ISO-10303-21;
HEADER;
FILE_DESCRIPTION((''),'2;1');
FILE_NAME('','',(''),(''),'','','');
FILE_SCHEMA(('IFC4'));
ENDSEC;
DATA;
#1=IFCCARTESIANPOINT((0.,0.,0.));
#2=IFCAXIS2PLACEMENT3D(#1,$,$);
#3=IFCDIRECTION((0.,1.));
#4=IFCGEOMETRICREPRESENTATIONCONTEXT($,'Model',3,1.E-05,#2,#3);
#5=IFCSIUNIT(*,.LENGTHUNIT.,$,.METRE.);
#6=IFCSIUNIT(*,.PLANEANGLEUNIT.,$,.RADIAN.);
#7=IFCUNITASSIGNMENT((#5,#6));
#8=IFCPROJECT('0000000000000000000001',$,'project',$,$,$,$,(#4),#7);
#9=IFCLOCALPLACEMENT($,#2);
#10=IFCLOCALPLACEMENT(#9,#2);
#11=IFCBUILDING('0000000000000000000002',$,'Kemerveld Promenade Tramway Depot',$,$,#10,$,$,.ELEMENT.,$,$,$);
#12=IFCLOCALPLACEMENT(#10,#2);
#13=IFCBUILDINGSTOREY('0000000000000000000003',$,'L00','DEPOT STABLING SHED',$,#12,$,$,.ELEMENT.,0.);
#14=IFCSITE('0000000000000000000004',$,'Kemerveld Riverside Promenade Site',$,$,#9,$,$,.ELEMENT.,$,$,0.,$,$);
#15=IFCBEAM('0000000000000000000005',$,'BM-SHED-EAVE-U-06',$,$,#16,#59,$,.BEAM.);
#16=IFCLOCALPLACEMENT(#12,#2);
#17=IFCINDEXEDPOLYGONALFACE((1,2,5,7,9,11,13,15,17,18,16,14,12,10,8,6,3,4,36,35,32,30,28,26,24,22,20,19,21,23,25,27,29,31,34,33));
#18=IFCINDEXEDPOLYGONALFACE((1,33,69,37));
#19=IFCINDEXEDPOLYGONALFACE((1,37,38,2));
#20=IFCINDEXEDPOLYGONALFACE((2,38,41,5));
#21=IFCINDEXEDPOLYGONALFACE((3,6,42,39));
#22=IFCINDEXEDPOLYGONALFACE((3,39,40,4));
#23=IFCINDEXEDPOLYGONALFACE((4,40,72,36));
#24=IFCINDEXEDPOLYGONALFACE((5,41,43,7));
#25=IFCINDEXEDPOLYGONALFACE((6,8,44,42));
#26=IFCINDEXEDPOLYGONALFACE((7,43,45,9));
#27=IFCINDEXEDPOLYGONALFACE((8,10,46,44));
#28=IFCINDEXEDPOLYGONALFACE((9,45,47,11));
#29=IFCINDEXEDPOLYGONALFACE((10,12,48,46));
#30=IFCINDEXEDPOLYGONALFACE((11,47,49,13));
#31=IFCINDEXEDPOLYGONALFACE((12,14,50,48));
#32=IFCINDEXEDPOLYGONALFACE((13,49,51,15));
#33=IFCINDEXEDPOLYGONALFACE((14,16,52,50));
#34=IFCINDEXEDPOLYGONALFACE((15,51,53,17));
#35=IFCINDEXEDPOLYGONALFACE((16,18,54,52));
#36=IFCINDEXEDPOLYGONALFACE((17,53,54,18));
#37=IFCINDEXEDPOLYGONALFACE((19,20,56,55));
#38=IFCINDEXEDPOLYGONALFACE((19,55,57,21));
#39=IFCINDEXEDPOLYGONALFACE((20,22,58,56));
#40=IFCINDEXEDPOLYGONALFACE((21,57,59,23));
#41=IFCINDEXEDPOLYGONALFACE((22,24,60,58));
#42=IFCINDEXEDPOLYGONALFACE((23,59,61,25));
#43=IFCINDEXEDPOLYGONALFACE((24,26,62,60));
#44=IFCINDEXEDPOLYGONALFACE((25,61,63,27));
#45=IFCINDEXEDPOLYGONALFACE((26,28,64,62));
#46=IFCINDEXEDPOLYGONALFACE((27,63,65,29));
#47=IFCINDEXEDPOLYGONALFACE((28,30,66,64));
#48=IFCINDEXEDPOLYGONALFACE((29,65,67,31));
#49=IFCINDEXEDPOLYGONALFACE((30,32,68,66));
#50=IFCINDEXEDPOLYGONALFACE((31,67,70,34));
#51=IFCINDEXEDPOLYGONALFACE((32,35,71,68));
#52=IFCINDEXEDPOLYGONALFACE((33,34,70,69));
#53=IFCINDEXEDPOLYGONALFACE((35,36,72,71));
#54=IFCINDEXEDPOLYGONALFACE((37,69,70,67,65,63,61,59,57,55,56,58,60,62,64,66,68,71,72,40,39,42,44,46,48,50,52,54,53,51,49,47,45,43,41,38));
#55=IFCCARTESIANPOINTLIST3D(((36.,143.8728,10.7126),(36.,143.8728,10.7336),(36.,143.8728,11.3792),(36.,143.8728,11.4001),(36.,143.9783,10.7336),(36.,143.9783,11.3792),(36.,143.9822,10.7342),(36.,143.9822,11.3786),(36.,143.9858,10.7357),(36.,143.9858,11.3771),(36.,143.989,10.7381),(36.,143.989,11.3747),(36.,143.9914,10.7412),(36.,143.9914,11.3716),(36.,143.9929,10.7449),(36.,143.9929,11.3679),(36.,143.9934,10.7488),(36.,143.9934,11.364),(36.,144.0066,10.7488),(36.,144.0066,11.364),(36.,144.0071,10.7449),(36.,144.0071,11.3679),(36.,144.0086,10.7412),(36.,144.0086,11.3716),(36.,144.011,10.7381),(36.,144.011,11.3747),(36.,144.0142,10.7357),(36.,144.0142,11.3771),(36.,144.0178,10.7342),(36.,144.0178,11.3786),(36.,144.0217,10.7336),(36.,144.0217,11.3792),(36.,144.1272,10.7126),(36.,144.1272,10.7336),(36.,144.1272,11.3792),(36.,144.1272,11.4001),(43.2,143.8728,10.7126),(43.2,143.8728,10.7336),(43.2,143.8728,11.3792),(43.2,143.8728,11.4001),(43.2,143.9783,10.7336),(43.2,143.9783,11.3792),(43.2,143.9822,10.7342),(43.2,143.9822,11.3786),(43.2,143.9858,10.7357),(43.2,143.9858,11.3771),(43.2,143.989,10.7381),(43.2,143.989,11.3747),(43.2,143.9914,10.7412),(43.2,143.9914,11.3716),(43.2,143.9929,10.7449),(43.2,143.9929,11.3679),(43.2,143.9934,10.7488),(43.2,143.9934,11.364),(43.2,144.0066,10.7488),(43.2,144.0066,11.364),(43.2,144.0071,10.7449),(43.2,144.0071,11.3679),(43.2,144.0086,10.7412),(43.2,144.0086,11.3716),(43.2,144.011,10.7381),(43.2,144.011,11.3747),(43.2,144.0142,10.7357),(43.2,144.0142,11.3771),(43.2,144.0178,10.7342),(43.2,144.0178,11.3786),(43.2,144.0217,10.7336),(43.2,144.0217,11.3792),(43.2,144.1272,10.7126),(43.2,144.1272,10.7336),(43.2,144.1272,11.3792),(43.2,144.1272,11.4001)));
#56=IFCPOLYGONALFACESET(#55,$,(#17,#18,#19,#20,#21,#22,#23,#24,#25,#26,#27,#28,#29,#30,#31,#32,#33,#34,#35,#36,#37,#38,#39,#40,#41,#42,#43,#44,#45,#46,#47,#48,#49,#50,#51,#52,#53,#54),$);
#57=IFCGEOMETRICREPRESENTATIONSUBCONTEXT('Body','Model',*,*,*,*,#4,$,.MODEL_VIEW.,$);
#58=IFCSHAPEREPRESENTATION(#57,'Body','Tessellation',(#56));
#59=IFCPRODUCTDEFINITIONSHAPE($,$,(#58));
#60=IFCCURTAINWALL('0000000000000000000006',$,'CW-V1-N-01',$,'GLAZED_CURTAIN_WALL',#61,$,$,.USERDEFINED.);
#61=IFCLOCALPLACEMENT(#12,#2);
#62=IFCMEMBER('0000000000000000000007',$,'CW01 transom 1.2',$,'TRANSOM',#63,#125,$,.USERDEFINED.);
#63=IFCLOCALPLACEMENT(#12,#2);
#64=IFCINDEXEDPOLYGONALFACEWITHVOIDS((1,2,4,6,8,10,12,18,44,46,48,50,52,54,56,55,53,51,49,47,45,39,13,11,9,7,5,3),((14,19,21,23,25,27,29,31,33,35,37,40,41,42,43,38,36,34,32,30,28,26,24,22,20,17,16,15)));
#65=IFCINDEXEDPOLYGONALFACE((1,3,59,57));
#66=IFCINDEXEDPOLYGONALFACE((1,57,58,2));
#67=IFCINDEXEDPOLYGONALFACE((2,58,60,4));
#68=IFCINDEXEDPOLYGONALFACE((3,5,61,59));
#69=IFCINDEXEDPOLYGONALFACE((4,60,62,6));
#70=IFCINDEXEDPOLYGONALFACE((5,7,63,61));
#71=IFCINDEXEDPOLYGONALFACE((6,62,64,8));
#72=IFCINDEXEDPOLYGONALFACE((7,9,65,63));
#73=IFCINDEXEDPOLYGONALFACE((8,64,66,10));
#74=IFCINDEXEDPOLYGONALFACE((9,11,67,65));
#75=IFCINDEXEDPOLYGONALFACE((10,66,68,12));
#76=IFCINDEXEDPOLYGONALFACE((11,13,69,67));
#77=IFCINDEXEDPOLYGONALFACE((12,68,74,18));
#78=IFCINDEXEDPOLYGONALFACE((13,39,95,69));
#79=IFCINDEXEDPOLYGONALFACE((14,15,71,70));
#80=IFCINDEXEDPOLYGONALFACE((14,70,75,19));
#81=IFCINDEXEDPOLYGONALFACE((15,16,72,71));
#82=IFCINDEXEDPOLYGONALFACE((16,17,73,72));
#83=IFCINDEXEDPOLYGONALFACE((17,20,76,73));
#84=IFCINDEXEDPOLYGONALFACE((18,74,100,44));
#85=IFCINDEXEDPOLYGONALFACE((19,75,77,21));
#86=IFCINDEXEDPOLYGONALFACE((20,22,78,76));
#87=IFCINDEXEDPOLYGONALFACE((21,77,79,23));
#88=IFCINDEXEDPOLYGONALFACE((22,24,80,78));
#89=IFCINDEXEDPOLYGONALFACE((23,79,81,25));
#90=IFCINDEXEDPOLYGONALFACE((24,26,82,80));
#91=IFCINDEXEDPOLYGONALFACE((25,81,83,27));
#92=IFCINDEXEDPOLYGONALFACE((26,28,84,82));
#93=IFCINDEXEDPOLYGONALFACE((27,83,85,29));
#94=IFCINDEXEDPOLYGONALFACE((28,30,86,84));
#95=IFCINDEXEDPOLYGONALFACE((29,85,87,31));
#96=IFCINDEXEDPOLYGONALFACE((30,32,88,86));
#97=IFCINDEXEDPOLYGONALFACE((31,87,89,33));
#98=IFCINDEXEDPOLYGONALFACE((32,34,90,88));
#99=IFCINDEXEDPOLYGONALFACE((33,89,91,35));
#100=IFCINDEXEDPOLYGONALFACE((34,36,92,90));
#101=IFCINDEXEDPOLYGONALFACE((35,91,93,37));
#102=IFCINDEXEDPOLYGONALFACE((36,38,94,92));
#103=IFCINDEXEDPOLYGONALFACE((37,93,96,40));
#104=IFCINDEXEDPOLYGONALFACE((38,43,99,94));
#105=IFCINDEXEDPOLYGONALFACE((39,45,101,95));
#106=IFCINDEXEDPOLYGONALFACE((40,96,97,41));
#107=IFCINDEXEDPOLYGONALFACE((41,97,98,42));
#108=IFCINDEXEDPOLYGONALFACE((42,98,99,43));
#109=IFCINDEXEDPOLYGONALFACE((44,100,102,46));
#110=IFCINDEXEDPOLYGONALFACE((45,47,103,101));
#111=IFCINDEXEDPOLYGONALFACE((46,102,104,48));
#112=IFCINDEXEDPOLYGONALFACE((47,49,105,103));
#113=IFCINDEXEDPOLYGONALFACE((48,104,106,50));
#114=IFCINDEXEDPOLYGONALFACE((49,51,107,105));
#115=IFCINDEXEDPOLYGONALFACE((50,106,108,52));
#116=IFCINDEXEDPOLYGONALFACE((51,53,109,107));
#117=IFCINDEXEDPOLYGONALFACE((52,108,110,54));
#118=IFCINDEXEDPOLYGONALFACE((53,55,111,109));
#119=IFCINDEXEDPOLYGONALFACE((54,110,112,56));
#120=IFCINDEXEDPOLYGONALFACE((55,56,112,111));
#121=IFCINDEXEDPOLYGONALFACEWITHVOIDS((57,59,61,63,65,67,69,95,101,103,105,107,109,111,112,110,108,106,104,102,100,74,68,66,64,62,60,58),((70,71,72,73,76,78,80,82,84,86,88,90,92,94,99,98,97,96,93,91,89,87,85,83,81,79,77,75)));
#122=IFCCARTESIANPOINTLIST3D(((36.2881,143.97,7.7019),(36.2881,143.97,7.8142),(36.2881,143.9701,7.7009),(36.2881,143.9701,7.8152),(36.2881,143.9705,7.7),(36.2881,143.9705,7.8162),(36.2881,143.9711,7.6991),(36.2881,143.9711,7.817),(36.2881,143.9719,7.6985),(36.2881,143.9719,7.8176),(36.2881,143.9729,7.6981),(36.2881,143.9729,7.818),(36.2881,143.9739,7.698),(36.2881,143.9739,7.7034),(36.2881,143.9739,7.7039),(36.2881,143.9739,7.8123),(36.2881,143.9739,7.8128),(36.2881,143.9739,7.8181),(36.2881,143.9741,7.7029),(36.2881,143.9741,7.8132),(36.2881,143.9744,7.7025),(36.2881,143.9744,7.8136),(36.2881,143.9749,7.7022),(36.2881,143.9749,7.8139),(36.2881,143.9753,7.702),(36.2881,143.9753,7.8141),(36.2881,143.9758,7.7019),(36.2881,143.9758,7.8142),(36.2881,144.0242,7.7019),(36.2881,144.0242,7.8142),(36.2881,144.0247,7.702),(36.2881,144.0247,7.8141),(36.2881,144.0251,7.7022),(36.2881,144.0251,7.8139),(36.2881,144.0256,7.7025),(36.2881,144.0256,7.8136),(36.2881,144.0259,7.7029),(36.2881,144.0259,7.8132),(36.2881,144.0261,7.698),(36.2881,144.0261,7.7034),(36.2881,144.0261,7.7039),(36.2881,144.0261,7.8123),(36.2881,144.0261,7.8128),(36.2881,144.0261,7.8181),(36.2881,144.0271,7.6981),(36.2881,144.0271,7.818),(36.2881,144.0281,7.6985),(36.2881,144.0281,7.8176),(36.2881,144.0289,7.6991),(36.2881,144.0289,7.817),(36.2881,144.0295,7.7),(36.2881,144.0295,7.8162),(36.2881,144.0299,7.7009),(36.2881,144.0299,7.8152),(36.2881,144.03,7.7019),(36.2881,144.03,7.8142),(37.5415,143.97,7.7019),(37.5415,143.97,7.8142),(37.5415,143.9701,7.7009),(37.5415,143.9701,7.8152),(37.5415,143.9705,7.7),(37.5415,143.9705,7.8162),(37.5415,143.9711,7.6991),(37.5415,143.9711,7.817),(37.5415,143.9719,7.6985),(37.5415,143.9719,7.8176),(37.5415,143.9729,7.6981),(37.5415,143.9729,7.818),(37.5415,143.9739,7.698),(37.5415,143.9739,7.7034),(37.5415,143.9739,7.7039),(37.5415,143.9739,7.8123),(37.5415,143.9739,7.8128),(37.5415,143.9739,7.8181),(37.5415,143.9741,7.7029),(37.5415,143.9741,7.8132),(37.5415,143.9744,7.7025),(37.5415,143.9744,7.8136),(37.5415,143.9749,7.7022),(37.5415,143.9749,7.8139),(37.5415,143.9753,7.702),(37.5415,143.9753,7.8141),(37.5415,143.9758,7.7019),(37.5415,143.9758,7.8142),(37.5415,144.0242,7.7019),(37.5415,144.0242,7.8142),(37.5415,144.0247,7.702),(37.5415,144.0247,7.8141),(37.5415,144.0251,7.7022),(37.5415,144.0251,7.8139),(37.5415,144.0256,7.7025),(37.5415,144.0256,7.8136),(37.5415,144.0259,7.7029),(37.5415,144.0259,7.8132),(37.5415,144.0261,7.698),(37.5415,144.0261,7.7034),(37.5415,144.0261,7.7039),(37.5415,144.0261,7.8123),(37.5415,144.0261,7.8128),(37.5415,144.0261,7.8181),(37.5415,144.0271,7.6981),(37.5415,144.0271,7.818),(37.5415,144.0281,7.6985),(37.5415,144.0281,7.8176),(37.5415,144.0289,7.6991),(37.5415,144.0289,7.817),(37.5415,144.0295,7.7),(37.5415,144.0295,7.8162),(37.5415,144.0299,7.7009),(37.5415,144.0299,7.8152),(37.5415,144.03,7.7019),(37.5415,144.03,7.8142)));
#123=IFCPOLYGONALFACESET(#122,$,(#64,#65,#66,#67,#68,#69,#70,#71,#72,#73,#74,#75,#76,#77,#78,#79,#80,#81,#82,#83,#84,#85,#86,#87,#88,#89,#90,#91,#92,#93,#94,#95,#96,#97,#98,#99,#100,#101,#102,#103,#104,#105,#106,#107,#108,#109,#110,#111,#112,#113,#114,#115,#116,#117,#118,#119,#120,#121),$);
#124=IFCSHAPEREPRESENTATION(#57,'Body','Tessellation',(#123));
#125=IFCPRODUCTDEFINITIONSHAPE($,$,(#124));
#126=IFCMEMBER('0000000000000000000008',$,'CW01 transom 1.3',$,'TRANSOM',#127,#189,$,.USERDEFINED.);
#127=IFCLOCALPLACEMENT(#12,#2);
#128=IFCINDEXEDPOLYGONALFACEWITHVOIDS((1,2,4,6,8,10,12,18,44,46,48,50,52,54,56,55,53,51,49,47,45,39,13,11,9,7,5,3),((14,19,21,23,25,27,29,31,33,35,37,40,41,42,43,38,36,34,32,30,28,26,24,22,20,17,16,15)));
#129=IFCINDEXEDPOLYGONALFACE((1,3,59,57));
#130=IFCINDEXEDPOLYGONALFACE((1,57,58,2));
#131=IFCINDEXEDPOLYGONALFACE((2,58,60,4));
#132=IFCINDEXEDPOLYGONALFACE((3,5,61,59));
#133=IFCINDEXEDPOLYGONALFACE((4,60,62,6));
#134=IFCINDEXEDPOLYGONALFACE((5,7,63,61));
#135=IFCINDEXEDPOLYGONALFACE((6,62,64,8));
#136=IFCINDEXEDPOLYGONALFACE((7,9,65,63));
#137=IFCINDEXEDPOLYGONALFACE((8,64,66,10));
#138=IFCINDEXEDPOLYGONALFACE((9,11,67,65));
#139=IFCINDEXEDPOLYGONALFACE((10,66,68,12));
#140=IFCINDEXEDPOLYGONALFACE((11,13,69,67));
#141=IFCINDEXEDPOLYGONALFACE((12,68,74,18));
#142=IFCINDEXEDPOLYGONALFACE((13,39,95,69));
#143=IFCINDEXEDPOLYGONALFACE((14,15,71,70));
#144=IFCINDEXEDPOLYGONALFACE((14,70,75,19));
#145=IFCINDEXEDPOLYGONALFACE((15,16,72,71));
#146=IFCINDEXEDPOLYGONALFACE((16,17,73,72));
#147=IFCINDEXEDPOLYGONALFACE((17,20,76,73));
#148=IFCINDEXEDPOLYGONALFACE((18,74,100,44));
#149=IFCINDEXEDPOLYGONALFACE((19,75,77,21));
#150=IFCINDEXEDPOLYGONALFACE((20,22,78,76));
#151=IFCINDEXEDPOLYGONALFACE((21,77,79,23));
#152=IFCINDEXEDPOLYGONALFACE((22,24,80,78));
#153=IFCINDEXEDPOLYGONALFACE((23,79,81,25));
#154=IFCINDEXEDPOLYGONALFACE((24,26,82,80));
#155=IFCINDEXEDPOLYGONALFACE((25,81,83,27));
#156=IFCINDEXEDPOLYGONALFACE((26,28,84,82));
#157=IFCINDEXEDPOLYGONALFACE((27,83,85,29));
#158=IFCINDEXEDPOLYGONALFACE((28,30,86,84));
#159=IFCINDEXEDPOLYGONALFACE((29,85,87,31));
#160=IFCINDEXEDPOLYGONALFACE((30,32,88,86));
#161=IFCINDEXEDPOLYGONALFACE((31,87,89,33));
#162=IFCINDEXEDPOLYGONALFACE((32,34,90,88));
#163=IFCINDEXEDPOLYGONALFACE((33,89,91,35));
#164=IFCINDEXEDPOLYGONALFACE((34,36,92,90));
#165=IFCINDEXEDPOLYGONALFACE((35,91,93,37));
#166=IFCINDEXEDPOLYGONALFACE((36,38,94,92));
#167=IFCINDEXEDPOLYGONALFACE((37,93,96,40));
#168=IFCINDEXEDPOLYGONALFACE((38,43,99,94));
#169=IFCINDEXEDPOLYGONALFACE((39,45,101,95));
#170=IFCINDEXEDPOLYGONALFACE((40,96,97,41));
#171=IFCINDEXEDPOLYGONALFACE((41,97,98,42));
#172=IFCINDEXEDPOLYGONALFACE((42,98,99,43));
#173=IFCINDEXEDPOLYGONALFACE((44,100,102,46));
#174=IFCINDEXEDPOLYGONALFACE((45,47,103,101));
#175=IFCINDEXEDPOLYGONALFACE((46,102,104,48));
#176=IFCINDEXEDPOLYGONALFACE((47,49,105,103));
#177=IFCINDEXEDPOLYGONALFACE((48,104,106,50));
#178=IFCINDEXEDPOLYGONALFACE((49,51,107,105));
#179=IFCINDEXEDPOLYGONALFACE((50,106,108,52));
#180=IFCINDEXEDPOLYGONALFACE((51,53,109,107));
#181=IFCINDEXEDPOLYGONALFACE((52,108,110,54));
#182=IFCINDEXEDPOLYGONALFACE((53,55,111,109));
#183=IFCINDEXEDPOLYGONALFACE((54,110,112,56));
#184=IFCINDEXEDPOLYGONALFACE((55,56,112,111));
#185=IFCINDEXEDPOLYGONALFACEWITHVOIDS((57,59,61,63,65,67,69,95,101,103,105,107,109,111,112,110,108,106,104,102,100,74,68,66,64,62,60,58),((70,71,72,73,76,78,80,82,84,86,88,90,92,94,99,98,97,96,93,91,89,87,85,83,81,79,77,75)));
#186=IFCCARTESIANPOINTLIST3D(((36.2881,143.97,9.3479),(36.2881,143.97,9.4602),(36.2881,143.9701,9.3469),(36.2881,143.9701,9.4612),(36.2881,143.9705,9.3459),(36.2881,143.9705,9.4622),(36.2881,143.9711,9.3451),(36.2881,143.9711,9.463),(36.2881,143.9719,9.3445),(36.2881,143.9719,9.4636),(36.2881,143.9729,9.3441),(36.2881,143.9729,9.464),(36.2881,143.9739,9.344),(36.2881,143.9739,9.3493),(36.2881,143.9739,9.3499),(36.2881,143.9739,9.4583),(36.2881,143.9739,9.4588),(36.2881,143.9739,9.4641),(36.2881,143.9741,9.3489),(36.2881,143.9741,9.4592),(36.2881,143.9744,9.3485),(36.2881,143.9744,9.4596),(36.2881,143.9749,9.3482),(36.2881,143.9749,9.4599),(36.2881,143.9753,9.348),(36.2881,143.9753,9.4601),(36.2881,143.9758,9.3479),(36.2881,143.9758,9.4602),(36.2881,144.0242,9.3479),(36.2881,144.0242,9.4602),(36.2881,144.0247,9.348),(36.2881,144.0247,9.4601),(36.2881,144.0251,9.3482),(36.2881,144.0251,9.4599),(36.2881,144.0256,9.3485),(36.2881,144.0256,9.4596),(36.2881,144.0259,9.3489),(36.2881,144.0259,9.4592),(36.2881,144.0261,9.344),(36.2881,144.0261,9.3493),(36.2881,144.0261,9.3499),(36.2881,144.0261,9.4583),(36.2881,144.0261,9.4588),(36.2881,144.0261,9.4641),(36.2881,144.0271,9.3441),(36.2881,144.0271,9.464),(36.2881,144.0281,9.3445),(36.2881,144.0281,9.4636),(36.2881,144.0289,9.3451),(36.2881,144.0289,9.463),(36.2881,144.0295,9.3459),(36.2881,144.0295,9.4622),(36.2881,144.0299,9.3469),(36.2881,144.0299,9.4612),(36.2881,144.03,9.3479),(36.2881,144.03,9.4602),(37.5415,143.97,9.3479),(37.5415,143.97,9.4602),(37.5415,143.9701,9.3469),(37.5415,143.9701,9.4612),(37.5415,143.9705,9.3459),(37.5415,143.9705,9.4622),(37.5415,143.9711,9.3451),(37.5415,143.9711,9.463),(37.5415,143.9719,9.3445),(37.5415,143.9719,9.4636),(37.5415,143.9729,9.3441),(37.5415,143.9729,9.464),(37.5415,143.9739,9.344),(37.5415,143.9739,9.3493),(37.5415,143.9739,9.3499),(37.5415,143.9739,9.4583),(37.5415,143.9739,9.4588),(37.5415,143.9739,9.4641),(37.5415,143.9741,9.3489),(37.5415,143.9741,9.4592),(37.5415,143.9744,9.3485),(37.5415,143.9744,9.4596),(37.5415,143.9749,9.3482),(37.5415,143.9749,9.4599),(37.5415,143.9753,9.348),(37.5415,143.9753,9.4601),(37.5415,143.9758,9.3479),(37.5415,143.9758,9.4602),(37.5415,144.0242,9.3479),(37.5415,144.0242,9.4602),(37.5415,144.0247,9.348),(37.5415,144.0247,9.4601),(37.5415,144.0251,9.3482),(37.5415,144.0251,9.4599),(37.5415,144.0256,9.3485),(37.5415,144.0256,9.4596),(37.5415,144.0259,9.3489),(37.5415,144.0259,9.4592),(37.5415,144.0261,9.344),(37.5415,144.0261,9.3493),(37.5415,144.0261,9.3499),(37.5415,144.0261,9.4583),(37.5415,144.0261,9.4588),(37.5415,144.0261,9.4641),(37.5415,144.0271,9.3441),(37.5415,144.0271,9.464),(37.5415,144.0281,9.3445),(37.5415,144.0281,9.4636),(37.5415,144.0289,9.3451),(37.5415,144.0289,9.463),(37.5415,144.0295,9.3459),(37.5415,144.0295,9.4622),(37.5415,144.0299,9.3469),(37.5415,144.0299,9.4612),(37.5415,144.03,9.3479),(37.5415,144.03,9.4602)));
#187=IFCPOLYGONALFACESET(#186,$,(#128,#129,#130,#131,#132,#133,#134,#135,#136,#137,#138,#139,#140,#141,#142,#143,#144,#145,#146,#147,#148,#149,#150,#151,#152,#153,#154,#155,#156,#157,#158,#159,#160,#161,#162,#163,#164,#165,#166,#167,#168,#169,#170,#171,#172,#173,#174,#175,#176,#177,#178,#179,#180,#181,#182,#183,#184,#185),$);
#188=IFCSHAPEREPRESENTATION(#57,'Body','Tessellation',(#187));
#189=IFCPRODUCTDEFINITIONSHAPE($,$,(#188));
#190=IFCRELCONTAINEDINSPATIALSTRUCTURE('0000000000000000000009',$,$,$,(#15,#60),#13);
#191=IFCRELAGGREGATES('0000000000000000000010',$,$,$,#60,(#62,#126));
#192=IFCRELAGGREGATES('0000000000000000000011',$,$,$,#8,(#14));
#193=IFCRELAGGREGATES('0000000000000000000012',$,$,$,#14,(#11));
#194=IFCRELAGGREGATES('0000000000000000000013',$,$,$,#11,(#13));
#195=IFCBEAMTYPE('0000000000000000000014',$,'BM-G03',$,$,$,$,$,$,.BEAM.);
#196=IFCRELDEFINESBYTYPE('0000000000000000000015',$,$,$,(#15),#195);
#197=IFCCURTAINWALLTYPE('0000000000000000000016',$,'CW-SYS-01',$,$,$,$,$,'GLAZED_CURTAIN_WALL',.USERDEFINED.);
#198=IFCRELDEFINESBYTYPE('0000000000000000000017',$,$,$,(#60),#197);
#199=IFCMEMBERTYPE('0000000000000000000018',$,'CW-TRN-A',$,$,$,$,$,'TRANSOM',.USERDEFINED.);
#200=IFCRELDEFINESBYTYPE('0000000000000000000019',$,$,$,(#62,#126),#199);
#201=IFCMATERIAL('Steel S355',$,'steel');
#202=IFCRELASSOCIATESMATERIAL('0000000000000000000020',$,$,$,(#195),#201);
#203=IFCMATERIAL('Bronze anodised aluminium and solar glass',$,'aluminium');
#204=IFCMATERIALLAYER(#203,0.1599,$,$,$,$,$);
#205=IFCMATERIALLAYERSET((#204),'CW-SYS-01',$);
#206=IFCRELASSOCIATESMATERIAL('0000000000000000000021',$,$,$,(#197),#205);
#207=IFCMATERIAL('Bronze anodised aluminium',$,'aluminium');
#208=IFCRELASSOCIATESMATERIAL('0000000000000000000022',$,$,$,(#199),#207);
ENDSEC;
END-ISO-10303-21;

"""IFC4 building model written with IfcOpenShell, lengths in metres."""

from ifc_helpers import new_model, si_unit, direction, frame, origin, origin_2d, place, context, subcontext, project, spatial, hollow_rectangle, i_section, extrude, material, layer, layer_set, material_profile, profile_set, type_object, element, aggregate, save


model = new_model("IFC4")

# Units and contexts
model_context = context("Model", 3, precision=1e-05, world=origin(), true_north=direction((0.0, 1.0)))
body_context = subcontext(model_context, "Body", "Model", "MODEL_VIEW")
ifc_project = project(units=[si_unit("LENGTHUNIT", "METRE"), si_unit("PLANEANGLEUNIT", "RADIAN")], contexts=[model_context])

# Site, building, storey
site_placement = place(None, origin())
site = spatial("IfcSite", under=ifc_project, at=site_placement, Name="Kemerveld Riverside Promenade Site", CompositionType="ELEMENT", RefElevation=0.0)
building_placement = place(site_placement, origin())
building = spatial("IfcBuilding", under=site, at=building_placement, Name="Kemerveld Promenade Tramway Depot", CompositionType="ELEMENT")
storey_placement = place(building_placement, origin())
storey = spatial("IfcBuildingStorey", under=building, at=storey_placement, Name="L00", Description="DEPOT STABLING SHED", CompositionType="ELEMENT", Elevation=0.0)

# Beam
ifc_material_1 = material(Name="Steel S355", Category="steel")
ifc_material_profile_1 = material_profile(ifc_material_1, i_section(OverallWidth=0.2544, OverallDepth=0.6875, WebThickness=0.0132, FlangeThickness=0.021, FilletRadius=0.0151, at=origin_2d()), Name="686x254x152 UB")
ifc_profile_set_1 = profile_set([ifc_material_profile_1], Name="Steel S355")
beam_type = type_object("IfcBeamType", Name="BM-G03", PredefinedType="BEAM", material=ifc_profile_set_1)
beam_placement = place(storey_placement, frame((36.0, 144.0, 11.0564), z_axis=(1.0, 0.0, 0.0), x_axis=(0.0, 1.0, 0.0)))
element("IfcBeam", 1, at=beam_placement, inside=storey, type_object=beam_type, Name="BM-SHED-EAVE-U-06", PredefinedType="BEAM", context=body_context, shape_type="SweptSolid", body=[
    extrude(i_section(OverallWidth=0.2544, OverallDepth=0.6875, WebThickness=0.0132, FlangeThickness=0.021, FilletRadius=0.0151, at=origin_2d()), origin(), (0.0, 0.0, 1.0), 7.2),
])

# Curtain wall, members
ifc_material_2 = material(Name="Bronze anodised aluminium and solar glass", Category="aluminium")
ifc_layer_1 = layer(ifc_material_2, 0.1599)
ifc_layer_set_1 = layer_set([ifc_layer_1], Name="CW-SYS-01")
curtain_wall_type_1 = type_object("IfcCurtainWallType", Name="CW-SYS-01", ElementType="GLAZED_CURTAIN_WALL", PredefinedType="USERDEFINED", material=ifc_layer_set_1)
curtain_wall_1_placement = place(storey_placement, origin())
curtain_wall_1 = element("IfcCurtainWall", 2, at=curtain_wall_1_placement, inside=storey, type_object=curtain_wall_type_1, Name="CW-V1-N-01", ObjectType="GLAZED_CURTAIN_WALL", PredefinedType="USERDEFINED")
ifc_material_3 = material(Name="Bronze anodised aluminium", Category="aluminium")
ifc_material_profile_2 = material_profile(ifc_material_3, hollow_rectangle(XDim=0.0601, YDim=0.1201, WallThickness=0.0039, InnerFilletRadius=0.002, OuterFilletRadius=0.0039, at=origin_2d()), Name="CW-TRN-120x60")
ifc_profile_set_2 = profile_set([ifc_material_profile_2], Name="Bronze anodised aluminium")
member_type_1 = type_object("IfcMemberType", Name="CW-TRN-A", ElementType="TRANSOM", PredefinedType="USERDEFINED", material=ifc_profile_set_2)
member_1_placement = place(storey_placement, frame((36.2881, 144.0, 7.7581), z_axis=(1.0, 0.0, 0.0), x_axis=(0.0, 1.0, 0.0)))
member_1 = element("IfcMember", 3, at=member_1_placement, type_object=member_type_1, Name="CW01 transom 1.2", ObjectType="TRANSOM", PredefinedType="USERDEFINED", context=body_context, shape_type="SweptSolid", body=[
    extrude(hollow_rectangle(XDim=0.0601, YDim=0.1201, WallThickness=0.0039, InnerFilletRadius=0.002, OuterFilletRadius=0.0039, at=origin_2d()), origin(), (0.0, 0.0, 1.0), 1.2534),
])
member_2_placement = place(storey_placement, frame((36.2881, 144.0, 9.4041), z_axis=(1.0, 0.0, 0.0), x_axis=(0.0, 1.0, 0.0)))
member_2 = element("IfcMember", 4, at=member_2_placement, type_object=member_type_1, Name="CW01 transom 1.3", ObjectType="TRANSOM", PredefinedType="USERDEFINED", context=body_context, shape_type="SweptSolid", body=[
    extrude(hollow_rectangle(XDim=0.0601, YDim=0.1201, WallThickness=0.0039, InnerFilletRadius=0.002, OuterFilletRadius=0.0039, at=origin_2d()), origin(), (0.0, 0.0, 1.0), 1.2534),
])

aggregate(curtain_wall_1, [member_1, member_2])

save(model, "model.ifc")
